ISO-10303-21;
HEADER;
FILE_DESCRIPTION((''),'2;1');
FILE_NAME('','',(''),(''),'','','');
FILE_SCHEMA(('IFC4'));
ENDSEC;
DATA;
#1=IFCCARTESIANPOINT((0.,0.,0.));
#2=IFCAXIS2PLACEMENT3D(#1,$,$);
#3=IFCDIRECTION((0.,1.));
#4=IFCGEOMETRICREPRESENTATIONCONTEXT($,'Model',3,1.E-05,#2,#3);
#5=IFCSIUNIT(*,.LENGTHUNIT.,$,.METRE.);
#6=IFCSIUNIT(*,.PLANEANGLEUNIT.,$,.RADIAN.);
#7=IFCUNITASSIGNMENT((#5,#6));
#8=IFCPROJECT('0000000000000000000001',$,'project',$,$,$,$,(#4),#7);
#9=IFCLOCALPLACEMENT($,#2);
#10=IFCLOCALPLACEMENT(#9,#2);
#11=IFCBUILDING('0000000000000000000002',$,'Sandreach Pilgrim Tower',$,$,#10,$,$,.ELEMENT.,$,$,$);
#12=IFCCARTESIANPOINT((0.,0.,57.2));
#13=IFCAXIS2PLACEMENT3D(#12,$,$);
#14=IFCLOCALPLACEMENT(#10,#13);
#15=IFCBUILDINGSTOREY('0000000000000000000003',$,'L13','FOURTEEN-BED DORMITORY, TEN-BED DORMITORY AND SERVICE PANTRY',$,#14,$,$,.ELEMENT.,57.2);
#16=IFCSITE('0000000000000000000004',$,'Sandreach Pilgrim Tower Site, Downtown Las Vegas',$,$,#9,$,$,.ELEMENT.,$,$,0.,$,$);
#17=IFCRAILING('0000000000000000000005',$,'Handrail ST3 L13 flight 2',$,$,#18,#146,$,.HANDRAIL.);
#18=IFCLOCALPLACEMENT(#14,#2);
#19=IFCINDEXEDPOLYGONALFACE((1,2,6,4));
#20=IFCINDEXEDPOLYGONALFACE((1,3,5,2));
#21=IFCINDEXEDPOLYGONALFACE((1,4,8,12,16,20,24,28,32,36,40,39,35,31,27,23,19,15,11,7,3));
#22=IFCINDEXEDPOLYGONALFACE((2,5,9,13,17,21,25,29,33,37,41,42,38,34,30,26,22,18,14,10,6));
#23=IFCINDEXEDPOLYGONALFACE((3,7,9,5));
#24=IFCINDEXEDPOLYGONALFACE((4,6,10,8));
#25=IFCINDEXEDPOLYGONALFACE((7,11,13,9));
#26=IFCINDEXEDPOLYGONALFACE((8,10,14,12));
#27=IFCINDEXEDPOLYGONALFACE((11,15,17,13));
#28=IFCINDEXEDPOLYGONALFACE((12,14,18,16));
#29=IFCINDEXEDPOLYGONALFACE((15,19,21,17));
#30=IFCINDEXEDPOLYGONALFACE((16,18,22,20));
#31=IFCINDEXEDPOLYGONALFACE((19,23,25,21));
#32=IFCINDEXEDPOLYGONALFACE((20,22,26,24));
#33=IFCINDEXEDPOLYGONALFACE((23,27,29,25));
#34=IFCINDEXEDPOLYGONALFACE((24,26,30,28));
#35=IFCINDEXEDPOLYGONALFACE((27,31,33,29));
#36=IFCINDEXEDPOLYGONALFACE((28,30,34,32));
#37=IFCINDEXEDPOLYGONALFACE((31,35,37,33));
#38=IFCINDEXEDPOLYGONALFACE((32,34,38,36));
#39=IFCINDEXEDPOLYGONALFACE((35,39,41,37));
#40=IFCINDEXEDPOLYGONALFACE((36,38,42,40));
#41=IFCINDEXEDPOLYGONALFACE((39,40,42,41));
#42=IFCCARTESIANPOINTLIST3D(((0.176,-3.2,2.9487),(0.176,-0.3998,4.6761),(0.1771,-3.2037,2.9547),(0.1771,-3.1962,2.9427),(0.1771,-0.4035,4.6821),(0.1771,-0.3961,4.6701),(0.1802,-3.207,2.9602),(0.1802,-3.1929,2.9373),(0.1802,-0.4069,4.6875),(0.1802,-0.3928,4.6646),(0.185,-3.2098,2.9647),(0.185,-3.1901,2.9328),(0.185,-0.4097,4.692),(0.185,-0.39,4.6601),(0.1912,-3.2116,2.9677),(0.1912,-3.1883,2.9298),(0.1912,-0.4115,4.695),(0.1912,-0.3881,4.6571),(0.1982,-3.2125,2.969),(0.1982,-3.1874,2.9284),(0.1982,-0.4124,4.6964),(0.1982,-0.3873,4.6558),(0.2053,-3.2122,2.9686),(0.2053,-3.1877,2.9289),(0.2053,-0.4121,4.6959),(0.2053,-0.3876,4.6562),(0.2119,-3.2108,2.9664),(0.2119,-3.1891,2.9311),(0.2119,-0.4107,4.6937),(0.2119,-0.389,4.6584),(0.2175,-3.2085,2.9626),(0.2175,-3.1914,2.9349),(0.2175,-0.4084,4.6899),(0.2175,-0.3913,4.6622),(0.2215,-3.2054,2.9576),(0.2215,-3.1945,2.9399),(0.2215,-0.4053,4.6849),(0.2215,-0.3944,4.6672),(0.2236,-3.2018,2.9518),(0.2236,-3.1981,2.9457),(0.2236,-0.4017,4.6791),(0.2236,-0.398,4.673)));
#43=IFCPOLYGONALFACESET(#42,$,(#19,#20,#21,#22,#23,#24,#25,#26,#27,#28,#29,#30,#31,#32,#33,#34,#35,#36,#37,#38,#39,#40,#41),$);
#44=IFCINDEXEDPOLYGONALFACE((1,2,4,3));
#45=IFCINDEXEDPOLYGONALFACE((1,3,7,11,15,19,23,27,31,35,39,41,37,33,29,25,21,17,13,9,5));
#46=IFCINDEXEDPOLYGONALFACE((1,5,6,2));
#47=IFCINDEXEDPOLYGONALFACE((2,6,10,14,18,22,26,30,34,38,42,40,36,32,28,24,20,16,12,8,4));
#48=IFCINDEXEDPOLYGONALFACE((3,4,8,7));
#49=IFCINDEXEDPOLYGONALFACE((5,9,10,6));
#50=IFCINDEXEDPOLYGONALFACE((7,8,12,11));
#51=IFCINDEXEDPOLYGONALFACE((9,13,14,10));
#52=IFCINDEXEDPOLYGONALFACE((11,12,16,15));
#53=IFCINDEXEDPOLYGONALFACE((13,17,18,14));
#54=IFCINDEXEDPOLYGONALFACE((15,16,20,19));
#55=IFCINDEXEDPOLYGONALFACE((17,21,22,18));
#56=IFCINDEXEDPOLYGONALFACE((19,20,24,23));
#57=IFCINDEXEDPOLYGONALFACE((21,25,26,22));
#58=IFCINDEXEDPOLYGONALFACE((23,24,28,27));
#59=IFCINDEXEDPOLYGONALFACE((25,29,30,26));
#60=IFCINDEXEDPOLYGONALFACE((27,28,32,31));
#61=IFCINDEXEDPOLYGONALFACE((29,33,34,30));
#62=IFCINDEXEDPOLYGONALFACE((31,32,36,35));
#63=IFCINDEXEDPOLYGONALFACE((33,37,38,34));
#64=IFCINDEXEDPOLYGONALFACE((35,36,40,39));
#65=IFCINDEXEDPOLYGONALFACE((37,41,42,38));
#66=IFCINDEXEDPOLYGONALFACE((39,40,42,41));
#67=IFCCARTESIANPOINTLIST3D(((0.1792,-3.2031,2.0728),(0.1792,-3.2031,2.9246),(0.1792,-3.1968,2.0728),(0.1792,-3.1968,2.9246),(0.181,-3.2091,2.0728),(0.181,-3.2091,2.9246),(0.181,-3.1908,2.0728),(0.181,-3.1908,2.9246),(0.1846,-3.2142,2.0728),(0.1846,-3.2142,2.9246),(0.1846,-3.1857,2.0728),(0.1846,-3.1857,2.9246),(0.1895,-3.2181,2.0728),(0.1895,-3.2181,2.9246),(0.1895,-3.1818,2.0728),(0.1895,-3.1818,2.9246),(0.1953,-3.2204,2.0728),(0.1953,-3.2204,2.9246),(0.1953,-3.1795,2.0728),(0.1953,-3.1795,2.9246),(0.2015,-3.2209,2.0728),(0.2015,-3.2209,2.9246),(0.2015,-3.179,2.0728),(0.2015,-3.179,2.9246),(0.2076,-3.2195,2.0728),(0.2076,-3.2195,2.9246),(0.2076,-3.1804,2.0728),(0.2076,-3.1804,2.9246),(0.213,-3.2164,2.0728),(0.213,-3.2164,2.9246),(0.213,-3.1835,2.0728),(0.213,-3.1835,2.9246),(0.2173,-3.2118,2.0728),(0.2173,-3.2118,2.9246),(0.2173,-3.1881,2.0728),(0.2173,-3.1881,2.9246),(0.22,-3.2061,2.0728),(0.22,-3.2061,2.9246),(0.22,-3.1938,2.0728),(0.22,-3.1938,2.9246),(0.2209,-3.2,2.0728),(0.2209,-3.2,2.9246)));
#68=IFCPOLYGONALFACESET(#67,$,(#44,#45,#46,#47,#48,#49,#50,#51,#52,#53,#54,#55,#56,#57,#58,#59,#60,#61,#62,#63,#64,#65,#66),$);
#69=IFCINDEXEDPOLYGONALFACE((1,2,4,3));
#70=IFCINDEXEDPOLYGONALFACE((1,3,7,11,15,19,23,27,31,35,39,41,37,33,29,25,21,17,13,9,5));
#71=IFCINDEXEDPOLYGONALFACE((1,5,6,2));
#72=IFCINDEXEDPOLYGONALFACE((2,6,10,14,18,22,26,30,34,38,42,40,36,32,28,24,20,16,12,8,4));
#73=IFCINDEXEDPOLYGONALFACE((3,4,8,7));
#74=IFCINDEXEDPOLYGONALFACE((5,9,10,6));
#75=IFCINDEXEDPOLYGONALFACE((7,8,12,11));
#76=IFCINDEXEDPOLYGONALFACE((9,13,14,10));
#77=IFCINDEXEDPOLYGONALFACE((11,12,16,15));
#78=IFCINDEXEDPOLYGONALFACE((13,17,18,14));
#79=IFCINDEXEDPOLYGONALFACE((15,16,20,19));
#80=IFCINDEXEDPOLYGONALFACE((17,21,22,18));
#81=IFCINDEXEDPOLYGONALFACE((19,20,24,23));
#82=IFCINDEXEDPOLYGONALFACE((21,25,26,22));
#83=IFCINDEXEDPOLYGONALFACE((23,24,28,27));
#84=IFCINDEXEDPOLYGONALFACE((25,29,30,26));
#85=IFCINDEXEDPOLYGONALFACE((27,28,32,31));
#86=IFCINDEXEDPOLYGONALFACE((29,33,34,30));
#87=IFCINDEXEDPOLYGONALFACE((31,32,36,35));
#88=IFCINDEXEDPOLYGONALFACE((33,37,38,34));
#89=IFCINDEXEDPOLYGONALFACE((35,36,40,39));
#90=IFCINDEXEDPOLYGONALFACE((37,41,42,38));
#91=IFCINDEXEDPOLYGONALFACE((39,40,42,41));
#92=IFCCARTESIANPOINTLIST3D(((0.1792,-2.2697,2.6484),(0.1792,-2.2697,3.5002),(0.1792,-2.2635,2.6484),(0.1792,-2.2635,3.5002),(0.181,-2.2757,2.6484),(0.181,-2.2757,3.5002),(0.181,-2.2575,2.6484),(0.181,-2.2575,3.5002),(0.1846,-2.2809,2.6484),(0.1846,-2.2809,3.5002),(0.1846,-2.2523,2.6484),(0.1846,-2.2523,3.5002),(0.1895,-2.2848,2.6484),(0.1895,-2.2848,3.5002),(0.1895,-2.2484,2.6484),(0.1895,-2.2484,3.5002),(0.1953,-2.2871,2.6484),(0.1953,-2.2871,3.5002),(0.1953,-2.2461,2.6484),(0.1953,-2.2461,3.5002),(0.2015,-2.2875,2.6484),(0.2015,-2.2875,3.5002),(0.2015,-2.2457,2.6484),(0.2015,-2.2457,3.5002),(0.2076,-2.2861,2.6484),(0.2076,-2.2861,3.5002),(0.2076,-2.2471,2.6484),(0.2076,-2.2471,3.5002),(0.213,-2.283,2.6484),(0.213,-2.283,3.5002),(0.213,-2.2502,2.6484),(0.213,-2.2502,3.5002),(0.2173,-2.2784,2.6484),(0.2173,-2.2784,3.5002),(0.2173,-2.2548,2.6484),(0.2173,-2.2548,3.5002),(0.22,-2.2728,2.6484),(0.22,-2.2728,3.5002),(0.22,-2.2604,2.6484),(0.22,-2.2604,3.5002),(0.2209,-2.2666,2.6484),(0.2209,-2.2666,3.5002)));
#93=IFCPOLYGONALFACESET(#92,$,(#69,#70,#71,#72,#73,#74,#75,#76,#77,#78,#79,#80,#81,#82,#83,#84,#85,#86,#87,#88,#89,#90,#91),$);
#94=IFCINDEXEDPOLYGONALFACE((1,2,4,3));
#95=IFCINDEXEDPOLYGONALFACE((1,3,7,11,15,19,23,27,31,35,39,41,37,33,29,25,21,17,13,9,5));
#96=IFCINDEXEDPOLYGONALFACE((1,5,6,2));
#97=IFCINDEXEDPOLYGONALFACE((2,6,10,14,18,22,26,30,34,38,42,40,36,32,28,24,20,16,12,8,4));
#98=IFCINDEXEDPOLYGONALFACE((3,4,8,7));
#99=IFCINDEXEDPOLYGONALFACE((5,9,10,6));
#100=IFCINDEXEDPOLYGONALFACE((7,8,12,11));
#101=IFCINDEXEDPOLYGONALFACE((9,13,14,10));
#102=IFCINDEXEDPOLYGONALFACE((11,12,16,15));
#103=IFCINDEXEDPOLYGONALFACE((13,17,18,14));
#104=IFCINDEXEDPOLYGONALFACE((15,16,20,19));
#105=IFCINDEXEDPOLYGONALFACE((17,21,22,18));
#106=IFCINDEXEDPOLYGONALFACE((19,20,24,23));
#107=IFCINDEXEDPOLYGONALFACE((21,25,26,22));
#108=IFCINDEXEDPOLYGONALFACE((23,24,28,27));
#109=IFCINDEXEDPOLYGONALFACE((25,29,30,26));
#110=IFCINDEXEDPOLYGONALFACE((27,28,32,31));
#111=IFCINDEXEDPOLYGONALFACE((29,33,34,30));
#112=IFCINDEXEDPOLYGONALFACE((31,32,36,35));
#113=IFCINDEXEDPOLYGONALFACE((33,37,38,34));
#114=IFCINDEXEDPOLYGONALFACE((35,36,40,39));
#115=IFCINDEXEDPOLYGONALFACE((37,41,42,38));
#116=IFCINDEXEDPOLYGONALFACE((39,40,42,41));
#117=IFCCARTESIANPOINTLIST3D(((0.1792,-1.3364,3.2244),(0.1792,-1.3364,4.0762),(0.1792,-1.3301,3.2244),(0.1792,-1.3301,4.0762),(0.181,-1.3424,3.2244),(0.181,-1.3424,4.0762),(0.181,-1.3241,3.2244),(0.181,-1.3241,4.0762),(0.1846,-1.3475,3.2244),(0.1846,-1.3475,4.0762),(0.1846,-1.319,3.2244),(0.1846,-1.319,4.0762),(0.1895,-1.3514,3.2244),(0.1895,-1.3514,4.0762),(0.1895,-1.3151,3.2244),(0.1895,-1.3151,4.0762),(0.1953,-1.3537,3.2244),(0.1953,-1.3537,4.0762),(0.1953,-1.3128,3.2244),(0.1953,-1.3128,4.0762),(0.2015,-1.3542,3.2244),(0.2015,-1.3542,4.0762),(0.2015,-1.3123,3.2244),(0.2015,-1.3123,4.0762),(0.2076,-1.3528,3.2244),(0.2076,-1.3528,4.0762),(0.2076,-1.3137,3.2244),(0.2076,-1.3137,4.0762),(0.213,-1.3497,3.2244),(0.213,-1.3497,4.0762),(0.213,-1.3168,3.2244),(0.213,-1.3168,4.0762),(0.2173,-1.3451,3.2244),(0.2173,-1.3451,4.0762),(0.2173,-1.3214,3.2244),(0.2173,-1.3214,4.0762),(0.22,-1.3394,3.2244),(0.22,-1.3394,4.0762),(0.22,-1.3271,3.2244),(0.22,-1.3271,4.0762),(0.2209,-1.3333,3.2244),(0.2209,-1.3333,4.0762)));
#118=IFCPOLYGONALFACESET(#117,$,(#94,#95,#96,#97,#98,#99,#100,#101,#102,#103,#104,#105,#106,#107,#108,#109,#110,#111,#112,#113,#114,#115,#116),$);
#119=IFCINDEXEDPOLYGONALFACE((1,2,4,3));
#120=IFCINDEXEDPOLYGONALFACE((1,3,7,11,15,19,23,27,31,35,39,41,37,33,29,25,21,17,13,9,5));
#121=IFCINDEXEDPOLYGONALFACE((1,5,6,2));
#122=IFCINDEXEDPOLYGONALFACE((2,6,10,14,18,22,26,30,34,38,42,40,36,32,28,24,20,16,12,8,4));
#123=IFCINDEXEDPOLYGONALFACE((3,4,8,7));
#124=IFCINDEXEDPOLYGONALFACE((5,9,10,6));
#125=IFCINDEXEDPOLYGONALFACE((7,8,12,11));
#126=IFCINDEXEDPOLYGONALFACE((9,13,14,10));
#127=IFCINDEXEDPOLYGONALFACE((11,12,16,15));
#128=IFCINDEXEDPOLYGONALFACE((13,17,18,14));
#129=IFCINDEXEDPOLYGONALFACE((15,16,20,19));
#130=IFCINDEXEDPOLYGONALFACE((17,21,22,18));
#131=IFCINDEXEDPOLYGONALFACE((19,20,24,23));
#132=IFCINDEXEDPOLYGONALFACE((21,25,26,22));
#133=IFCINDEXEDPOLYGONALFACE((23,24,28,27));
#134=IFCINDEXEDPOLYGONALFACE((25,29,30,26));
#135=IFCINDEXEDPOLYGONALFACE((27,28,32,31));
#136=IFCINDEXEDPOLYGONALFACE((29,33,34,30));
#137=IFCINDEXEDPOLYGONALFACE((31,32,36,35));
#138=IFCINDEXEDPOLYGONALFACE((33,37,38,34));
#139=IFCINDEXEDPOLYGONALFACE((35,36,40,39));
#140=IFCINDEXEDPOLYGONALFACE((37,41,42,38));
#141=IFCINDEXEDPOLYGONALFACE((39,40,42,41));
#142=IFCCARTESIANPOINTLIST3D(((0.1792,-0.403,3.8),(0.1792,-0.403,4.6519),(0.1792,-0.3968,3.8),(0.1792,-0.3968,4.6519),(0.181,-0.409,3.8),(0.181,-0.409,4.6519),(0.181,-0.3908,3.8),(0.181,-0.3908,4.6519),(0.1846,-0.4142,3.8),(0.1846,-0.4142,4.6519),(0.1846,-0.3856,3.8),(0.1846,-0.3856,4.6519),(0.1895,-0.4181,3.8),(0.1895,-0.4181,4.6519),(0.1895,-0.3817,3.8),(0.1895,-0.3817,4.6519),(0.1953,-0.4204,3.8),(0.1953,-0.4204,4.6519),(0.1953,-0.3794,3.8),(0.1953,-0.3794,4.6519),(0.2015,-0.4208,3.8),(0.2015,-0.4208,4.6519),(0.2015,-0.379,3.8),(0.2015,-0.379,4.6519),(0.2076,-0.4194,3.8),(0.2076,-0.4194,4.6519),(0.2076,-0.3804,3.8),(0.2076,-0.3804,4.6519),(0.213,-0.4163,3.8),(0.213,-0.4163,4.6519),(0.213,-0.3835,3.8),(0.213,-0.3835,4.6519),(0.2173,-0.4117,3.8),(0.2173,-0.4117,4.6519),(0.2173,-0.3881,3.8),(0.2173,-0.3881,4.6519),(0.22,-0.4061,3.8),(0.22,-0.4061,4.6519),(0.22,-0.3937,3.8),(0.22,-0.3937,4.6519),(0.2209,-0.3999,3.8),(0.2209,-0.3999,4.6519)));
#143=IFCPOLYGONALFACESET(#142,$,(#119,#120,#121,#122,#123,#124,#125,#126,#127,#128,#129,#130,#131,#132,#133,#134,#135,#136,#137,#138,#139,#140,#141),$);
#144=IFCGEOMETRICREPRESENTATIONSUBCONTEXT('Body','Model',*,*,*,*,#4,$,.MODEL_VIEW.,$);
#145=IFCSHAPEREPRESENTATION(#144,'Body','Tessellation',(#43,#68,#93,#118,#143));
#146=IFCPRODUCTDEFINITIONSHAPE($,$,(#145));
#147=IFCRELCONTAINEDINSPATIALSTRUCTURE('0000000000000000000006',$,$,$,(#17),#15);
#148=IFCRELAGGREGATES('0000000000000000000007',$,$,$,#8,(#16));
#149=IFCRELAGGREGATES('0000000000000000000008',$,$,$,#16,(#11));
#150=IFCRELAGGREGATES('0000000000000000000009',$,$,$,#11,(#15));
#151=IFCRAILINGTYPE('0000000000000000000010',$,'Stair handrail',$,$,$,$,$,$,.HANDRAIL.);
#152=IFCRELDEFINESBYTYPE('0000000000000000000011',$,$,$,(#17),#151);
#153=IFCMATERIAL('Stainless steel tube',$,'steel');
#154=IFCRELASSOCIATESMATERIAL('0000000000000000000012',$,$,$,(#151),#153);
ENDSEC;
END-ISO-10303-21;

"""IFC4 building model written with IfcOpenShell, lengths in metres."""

from ifc_helpers import new_model, si_unit, direction, frame, origin, origin_2d, place, context, subcontext, project, spatial, circle, extrude, material, type_object, element, save


model = new_model("IFC4")

# Units and contexts
model_context = context("Model", 3, precision=1e-05, world=origin(), true_north=direction((0.0, 1.0)))
body_context = subcontext(model_context, "Body", "Model", "MODEL_VIEW")
ifc_project = project(units=[si_unit("LENGTHUNIT", "METRE"), si_unit("PLANEANGLEUNIT", "RADIAN")], contexts=[model_context])

# Site, building, storey
site_placement = place(None, origin())
site = spatial("IfcSite", under=ifc_project, at=site_placement, Name="Sandreach Pilgrim Tower Site, Downtown Las Vegas", CompositionType="ELEMENT", RefElevation=0.0)
building_placement = place(site_placement, origin())
building = spatial("IfcBuilding", under=site, at=building_placement, Name="Sandreach Pilgrim Tower", CompositionType="ELEMENT")
storey_placement = place(building_placement, frame((0.0, 0.0, 57.2)))
storey = spatial("IfcBuildingStorey", under=building, at=storey_placement, Name="L13", Description="FOURTEEN-BED DORMITORY, TEN-BED DORMITORY AND SERVICE PANTRY", CompositionType="ELEMENT", Elevation=57.2)

# Railing
ifc_material_1 = material(Name="Stainless steel tube", Category="steel")
railing_type = type_object("IfcRailingType", Name="Stair handrail", PredefinedType="HANDRAIL", material=ifc_material_1)
for number, where, name in (
    (1, (0.2, -3.2, 2.0728), "Handrail ST3 L13 flight 2"),
):
    element("IfcRailing", number, at=place(storey_placement, frame(where)), inside=storey, type_object=railing_type, Name=name, PredefinedType="HANDRAIL", context=body_context, shape_type="SweptSolid", body=[
        extrude(circle(Radius=0.0239, at=origin_2d()), frame((0.0, 0.0, 0.876), z_axis=(0.0, 0.85109, 0.52502), x_axis=(-1.0, 0.0, 0.0)), (0.0, 0.0, 1.0), 3.29),
        extrude(circle(Radius=0.021, at=origin_2d()), origin(), (0.0, 0.0, 1.0), 0.8518),
        extrude(circle(Radius=0.021, at=origin_2d()), frame((0.0, 0.9333, 0.5757)), (0.0, 0.0, 1.0), 0.8518),
        extrude(circle(Radius=0.021, at=origin_2d()), frame((0.0, 1.8667, 1.1516)), (0.0, 0.0, 1.0), 0.8518),
        extrude(circle(Radius=0.021, at=origin_2d()), frame((0.0, 2.8, 1.7273)), (0.0, 0.0, 1.0), 0.8518),
    ])

save(model, "model.ifc")
